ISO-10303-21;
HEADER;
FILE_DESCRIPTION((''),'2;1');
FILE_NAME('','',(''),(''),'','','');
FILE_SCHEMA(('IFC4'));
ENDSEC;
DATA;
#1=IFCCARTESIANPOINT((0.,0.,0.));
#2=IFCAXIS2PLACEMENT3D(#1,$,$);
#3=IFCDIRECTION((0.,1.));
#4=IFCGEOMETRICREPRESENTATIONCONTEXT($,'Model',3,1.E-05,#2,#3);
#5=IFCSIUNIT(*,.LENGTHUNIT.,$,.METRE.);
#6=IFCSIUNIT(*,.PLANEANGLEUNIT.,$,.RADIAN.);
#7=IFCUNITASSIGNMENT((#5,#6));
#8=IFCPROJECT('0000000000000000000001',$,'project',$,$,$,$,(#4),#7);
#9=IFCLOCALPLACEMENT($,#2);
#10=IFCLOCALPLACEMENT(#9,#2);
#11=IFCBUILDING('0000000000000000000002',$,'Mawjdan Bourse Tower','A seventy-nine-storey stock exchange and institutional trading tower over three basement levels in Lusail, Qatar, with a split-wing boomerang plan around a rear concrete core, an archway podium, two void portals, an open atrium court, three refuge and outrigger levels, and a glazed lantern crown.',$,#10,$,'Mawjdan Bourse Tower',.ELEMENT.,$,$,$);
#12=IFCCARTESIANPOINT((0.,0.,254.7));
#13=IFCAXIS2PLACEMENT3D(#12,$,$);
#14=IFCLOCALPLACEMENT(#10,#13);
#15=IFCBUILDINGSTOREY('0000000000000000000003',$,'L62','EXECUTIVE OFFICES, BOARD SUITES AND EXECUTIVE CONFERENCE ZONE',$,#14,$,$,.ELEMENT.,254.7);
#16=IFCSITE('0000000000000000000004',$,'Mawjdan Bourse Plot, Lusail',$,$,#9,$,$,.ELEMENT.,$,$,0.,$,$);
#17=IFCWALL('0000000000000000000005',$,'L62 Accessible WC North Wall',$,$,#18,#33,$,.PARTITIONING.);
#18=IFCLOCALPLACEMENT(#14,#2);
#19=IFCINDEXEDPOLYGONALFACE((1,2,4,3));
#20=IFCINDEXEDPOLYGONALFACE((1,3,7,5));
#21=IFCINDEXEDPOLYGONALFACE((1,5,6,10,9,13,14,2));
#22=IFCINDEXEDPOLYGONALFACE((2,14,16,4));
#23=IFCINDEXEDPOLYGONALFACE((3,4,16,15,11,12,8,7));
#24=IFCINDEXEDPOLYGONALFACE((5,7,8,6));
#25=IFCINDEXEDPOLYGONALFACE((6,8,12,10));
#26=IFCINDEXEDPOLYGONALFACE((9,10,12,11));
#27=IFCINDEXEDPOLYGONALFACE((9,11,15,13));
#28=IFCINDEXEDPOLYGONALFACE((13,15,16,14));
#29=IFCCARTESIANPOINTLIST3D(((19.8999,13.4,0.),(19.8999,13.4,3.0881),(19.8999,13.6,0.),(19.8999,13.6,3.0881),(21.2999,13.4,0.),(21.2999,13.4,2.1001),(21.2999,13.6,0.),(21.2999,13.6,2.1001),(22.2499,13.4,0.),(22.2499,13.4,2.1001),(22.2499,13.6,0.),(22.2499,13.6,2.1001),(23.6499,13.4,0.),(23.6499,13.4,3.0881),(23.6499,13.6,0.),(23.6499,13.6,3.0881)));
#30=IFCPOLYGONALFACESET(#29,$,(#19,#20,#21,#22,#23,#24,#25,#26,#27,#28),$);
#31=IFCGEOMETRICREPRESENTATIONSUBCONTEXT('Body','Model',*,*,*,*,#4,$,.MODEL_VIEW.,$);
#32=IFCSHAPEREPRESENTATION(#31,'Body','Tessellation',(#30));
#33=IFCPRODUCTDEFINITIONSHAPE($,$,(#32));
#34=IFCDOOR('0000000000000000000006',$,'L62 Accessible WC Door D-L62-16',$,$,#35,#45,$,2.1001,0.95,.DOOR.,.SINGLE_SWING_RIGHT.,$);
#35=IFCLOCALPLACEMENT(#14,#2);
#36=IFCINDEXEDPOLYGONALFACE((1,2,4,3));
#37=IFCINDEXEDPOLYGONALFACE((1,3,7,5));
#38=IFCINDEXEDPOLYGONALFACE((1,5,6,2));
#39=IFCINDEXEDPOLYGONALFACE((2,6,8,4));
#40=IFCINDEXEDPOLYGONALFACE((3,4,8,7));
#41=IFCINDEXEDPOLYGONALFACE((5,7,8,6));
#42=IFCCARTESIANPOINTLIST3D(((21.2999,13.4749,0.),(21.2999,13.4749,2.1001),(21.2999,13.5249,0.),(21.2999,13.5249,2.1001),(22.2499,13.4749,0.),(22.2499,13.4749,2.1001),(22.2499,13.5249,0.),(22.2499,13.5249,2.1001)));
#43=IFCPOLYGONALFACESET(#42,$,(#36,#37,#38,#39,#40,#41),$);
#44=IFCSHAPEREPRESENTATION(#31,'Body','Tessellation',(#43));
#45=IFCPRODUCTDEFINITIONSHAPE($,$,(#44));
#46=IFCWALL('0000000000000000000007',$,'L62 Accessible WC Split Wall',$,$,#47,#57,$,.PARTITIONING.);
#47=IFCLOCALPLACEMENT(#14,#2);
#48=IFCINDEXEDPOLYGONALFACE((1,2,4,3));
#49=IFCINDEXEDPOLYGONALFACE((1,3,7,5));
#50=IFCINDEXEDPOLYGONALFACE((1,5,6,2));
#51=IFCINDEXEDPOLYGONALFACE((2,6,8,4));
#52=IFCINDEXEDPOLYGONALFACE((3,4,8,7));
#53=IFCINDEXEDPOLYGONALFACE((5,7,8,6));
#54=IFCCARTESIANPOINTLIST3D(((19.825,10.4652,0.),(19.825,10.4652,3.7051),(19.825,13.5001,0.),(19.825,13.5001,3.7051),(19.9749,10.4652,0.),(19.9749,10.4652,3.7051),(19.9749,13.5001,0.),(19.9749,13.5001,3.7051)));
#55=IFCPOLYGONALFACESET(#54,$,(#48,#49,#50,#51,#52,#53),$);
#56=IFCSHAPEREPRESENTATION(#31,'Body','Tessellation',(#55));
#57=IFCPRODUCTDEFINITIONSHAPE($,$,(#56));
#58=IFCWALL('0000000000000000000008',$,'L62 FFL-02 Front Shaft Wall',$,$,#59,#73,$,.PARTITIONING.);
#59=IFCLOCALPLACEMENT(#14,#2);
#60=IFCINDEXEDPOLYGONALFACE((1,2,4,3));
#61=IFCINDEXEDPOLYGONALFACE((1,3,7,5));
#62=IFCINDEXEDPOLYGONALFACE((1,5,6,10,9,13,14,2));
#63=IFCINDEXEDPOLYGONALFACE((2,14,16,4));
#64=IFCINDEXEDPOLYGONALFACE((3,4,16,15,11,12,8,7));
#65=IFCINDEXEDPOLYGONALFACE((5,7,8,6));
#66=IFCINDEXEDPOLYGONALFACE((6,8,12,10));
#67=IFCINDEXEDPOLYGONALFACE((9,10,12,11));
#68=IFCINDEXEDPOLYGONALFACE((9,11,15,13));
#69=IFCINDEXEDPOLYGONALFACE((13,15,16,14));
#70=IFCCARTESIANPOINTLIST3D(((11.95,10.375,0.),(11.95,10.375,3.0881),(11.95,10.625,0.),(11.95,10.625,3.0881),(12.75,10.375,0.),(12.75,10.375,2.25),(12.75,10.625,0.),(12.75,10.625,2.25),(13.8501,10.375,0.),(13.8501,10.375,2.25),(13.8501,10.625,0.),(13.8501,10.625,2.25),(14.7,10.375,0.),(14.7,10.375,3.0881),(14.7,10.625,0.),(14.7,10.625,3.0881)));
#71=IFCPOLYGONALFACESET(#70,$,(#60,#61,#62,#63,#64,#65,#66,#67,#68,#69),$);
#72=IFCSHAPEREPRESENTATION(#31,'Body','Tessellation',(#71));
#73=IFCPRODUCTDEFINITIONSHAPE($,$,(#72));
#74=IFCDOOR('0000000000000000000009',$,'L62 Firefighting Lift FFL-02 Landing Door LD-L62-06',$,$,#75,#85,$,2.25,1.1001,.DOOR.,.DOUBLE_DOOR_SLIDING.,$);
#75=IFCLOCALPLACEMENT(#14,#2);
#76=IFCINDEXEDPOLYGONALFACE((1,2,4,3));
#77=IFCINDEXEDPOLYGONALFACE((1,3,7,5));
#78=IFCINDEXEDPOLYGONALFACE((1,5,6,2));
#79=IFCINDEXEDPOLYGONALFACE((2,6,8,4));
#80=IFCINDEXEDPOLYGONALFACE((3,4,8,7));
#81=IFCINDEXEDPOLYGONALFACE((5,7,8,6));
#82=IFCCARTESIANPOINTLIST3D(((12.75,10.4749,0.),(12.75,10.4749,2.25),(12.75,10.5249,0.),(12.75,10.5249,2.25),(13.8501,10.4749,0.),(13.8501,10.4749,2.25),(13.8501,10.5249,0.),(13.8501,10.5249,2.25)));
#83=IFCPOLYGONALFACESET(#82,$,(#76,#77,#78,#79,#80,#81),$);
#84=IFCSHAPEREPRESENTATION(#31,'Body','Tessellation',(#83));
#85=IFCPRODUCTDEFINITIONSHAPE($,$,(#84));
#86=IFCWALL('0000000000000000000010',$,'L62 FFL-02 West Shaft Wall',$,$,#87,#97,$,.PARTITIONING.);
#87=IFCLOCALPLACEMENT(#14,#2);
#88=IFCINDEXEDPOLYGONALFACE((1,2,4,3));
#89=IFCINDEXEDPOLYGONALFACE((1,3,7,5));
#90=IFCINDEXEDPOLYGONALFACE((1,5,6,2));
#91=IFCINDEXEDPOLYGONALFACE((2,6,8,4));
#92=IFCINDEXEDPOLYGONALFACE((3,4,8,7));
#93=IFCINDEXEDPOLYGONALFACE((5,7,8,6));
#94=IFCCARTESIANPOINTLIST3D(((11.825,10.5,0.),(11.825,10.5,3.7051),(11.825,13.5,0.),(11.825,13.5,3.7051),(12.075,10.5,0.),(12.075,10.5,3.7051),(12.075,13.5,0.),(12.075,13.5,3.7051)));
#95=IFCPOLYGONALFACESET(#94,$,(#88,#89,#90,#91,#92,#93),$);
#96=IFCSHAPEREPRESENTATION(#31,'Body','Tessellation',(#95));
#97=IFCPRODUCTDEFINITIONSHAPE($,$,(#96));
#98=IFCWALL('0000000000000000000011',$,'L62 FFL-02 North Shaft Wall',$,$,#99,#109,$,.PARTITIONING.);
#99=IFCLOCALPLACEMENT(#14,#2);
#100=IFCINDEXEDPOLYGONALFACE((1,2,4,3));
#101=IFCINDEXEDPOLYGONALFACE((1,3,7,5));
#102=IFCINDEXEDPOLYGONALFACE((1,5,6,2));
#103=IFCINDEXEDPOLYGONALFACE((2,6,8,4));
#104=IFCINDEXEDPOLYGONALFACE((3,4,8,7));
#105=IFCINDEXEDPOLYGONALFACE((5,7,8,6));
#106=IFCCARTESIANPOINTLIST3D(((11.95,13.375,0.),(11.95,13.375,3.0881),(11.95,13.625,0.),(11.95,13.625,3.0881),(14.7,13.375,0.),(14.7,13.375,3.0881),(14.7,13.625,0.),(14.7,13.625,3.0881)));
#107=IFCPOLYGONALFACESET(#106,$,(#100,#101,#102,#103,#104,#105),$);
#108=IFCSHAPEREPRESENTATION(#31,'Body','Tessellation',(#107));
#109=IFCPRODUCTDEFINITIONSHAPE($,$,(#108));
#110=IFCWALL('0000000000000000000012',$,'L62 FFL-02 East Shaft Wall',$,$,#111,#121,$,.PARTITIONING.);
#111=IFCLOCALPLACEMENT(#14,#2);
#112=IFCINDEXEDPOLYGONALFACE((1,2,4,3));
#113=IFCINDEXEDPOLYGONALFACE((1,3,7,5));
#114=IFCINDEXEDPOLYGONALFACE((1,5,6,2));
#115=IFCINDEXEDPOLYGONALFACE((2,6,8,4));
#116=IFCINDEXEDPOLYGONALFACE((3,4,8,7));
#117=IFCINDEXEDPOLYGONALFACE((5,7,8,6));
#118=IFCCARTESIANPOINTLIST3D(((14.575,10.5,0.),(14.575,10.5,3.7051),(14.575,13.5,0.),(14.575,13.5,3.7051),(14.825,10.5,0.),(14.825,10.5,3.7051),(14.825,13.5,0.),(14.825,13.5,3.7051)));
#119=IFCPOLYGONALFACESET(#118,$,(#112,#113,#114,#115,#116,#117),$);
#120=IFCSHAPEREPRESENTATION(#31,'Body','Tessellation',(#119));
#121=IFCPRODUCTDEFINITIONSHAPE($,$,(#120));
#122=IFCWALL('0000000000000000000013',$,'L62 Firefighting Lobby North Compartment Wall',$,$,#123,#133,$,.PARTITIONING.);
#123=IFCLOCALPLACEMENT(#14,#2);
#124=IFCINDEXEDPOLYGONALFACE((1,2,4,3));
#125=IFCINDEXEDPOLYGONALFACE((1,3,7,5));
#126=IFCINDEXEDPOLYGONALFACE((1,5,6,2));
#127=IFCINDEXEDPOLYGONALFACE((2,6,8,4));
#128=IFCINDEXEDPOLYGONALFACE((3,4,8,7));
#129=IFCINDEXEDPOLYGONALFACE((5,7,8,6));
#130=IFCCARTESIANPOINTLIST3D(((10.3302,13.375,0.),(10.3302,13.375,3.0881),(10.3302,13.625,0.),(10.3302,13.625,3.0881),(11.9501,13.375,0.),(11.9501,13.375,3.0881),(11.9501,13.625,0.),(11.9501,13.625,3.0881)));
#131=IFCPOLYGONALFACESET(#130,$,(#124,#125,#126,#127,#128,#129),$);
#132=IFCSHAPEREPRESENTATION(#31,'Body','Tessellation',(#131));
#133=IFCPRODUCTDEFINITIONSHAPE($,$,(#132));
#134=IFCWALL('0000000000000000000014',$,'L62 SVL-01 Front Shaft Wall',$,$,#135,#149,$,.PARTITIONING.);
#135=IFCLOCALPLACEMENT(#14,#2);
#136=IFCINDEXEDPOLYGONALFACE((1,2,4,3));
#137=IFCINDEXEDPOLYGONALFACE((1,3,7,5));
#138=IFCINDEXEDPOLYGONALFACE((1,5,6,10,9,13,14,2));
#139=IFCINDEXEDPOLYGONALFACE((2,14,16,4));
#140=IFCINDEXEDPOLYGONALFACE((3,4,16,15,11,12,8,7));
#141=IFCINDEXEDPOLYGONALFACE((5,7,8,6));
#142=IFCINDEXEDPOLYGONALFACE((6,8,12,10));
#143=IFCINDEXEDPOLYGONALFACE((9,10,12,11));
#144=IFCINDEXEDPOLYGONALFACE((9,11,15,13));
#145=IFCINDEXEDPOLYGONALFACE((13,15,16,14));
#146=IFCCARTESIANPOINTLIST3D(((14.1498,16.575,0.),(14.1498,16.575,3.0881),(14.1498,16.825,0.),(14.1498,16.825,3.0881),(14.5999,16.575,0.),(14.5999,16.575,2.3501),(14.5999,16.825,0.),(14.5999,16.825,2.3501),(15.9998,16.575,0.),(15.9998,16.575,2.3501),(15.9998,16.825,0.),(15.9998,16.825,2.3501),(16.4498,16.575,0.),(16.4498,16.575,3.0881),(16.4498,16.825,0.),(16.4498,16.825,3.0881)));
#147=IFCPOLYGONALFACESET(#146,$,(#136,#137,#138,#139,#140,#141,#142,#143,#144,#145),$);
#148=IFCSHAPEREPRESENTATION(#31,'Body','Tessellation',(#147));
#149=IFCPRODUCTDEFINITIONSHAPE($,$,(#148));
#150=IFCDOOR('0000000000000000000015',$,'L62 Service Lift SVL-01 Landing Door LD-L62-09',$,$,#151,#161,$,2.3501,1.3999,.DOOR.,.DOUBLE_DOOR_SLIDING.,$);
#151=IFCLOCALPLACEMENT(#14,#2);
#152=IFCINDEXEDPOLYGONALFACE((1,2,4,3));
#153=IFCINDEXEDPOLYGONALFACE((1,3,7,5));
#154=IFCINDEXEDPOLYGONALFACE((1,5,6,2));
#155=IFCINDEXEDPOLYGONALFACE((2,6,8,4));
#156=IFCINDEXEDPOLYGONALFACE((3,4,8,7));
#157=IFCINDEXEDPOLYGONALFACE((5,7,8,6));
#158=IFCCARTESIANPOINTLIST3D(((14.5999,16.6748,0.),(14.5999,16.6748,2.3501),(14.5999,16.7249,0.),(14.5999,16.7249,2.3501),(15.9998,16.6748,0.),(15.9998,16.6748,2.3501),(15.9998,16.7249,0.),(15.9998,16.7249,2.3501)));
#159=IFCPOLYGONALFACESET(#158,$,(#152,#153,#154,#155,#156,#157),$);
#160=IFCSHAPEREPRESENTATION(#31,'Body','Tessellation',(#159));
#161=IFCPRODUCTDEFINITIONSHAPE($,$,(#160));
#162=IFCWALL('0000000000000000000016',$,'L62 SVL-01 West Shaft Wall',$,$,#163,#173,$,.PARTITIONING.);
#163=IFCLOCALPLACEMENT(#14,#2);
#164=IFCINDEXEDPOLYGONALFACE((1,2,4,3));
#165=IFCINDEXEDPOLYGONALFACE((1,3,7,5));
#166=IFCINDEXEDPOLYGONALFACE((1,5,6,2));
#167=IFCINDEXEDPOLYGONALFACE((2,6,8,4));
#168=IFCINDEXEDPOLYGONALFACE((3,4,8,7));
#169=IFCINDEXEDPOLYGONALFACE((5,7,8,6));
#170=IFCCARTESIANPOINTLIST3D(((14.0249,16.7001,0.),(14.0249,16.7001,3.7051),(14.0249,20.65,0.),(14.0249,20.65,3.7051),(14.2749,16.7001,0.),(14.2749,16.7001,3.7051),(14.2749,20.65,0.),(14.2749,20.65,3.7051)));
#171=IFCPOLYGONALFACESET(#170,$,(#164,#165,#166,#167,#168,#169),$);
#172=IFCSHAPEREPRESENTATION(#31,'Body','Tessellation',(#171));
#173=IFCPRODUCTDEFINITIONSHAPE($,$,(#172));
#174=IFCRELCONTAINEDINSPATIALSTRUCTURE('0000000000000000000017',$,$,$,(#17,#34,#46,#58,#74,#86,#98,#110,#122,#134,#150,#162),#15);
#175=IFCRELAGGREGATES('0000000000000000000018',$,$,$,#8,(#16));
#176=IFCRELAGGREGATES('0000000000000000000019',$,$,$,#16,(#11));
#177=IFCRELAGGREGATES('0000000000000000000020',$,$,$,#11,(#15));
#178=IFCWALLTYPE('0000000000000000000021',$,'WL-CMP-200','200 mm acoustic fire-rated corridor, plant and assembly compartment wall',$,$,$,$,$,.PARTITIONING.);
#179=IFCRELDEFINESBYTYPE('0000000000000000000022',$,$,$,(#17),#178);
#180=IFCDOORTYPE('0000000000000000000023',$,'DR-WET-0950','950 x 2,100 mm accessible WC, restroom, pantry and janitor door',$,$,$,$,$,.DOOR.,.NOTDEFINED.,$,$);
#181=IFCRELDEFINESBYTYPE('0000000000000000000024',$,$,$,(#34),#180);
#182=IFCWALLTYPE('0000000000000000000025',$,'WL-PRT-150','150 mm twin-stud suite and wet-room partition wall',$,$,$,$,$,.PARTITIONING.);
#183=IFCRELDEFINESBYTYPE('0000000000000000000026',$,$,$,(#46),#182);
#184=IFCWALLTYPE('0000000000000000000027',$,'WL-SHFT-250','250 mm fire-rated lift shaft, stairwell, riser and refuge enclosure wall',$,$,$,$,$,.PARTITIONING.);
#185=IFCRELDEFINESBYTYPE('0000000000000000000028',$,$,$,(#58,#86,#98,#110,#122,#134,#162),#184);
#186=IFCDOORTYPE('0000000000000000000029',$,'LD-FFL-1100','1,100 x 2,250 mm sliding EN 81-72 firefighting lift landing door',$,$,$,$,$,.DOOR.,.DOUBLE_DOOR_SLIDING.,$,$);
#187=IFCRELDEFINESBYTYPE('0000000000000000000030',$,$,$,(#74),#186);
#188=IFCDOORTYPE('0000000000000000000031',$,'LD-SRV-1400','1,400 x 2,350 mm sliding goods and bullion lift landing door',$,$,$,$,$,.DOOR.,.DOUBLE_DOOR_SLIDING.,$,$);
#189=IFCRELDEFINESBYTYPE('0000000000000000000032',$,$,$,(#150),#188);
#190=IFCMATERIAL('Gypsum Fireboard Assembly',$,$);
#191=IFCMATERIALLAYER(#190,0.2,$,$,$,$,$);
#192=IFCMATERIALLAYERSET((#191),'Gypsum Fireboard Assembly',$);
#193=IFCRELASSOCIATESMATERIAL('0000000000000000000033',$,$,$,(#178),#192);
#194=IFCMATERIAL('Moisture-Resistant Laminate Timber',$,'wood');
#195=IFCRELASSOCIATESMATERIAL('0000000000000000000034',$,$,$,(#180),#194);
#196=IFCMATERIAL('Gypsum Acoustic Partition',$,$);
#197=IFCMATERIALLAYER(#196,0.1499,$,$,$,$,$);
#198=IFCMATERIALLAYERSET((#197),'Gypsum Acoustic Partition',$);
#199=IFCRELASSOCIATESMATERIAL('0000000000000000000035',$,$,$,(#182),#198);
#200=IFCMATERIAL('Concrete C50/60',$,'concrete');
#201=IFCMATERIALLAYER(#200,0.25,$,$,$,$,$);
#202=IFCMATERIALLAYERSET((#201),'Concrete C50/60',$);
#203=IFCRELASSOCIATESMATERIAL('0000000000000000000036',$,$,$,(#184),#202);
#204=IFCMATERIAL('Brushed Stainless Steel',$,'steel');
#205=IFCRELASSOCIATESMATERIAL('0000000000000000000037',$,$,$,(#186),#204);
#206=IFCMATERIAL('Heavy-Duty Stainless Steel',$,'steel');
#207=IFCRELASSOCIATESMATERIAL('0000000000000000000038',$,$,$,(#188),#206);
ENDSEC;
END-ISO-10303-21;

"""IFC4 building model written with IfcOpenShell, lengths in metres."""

from ifc_helpers import new_model, si_unit, direction, frame, frame_2d, origin, place, context, subcontext, project, spatial, rectangle, extrude, material, layer, layer_set, type_object, element, fill, save


model = new_model("IFC4")

# Units and contexts
model_context = context("Model", 3, precision=1e-05, world=origin(), true_north=direction((0.0, 1.0)))
body_context = subcontext(model_context, "Body", "Model", "MODEL_VIEW")
ifc_project = project(units=[si_unit("LENGTHUNIT", "METRE"), si_unit("PLANEANGLEUNIT", "RADIAN")], contexts=[model_context])

# Site, building, storey
site_placement = place(None, origin())
site = spatial("IfcSite", under=ifc_project, at=site_placement, Name="Mawjdan Bourse Plot, Lusail", CompositionType="ELEMENT", RefElevation=0.0)
building_placement = place(site_placement, origin())
building = spatial("IfcBuilding", under=site, at=building_placement, Name="Mawjdan Bourse Tower", Description="A seventy-nine-storey stock exchange and institutional trading tower over three basement levels in Lusail, Qatar, with a split-wing boomerang plan around a rear concrete core, an archway podium, two void portals, an open atrium court, three refuge and outrigger levels, and a glazed lantern crown.", LongName="Mawjdan Bourse Tower", CompositionType="ELEMENT")
storey_placement = place(building_placement, frame((0.0, 0.0, 254.7)))
storey = spatial("IfcBuildingStorey", under=building, at=storey_placement, Name="L62", Description="EXECUTIVE OFFICES, BOARD SUITES AND EXECUTIVE CONFERENCE ZONE", CompositionType="ELEMENT", Elevation=254.7)

# Wall, opening, door
ifc_material_1 = material(Name="Gypsum Fireboard Assembly")
ifc_layer_1 = layer(ifc_material_1, 0.2)
ifc_layer_set_1 = layer_set([ifc_layer_1], Name="Gypsum Fireboard Assembly")
wall_type_1 = type_object("IfcWallType", Name="WL-CMP-200", Description="200 mm acoustic fire-rated corridor, plant and assembly compartment wall", PredefinedType="PARTITIONING", material=ifc_layer_set_1)
ifc_material_2 = material(Name="Moisture-Resistant Laminate Timber", Category="wood")
door_type_1 = type_object("IfcDoorType", Name="DR-WET-0950", Description="950 x 2,100 mm accessible WC, restroom, pantry and janitor door", OperationType="NOTDEFINED", PredefinedType="DOOR", material=ifc_material_2)
wall_1_placement = place(storey_placement, frame((19.8999, 13.5, 0.0), z_axis=(0.0, 0.0, 1.0), x_axis=(1.0, 0.0, 0.0)))
wall_1 = element("IfcWall", 1, at=wall_1_placement, inside=storey, type_object=wall_type_1, Name="L62 Accessible WC North Wall", PredefinedType="PARTITIONING", context=body_context, shape_type="SweptSolid", body=[
    extrude(rectangle(XDim=3.75, YDim=0.2, at=frame_2d((1.875, 0.0))), origin(), (0.0, 0.0, 1.0), 3.0881),
])
opening_1_placement = place(wall_1_placement, frame((1.3999, 0.0, 0.0)))
opening_1 = element("IfcOpeningElement", 2, at=opening_1_placement, cuts=wall_1, PredefinedType="OPENING", context=body_context, shape_type="SweptSolid", body=[
    extrude(rectangle(XDim=0.95, YDim=2.1001, at=frame_2d((0.4751, 1.05))), frame((0.0, 0.1099, 0.0), z_axis=(0.0, -1.0, 0.0), x_axis=(1.0, 0.0, 0.0)), (0.0, 0.0, 1.0), 0.22),
])
door_1_placement = place(opening_1_placement, origin())
door_1 = element("IfcDoor", 3, at=door_1_placement, inside=storey, type_object=door_type_1, Name="L62 Accessible WC Door D-L62-16", OperationType="SINGLE_SWING_RIGHT", OverallHeight=2.1001, OverallWidth=0.95, PredefinedType="DOOR", context=body_context, shape_type="SweptSolid", body=[
    extrude(rectangle(XDim=0.95, YDim=2.1001, at=frame_2d((0.4751, 1.05))), frame((0.0, 0.0249, 0.0), z_axis=(0.0, -1.0, 0.0), x_axis=(1.0, 0.0, 0.0)), (0.0, 0.0, 1.0), 0.05),
])
fill(opening_1, door_1)

# Wall
ifc_material_3 = material(Name="Gypsum Acoustic Partition")
ifc_layer_2 = layer(ifc_material_3, 0.1499)
ifc_layer_set_2 = layer_set([ifc_layer_2], Name="Gypsum Acoustic Partition")
wall_type_2 = type_object("IfcWallType", Name="WL-PRT-150", Description="150 mm twin-stud suite and wet-room partition wall", PredefinedType="PARTITIONING", material=ifc_layer_set_2)
wall_2_placement = place(storey_placement, frame((19.8999, 10.4651, 0.0), z_axis=(0.0, 0.0, 1.0), x_axis=(0.0, 1.0, 0.0)))
element("IfcWall", 4, at=wall_2_placement, inside=storey, type_object=wall_type_2, Name="L62 Accessible WC Split Wall", PredefinedType="PARTITIONING", context=body_context, shape_type="SweptSolid", body=[
    extrude(rectangle(XDim=3.0349, YDim=0.1499, at=frame_2d((1.5176, 0.0))), origin(), (0.0, 0.0, 1.0), 3.7051),
])

# Wall, opening, door
ifc_material_4 = material(Name="Concrete C50/60", Category="concrete")
ifc_layer_3 = layer(ifc_material_4, 0.25)
ifc_layer_set_3 = layer_set([ifc_layer_3], Name="Concrete C50/60")
wall_type_3 = type_object("IfcWallType", Name="WL-SHFT-250", Description="250 mm fire-rated lift shaft, stairwell, riser and refuge enclosure wall", PredefinedType="PARTITIONING", material=ifc_layer_set_3)
wall_3_placement = place(storey_placement, frame((11.95, 10.5, 0.0), z_axis=(0.0, 0.0, 1.0), x_axis=(1.0, 0.0, 0.0)))
wall_3 = element("IfcWall", 5, at=wall_3_placement, inside=storey, type_object=wall_type_3, Name="L62 FFL-02 Front Shaft Wall", PredefinedType="PARTITIONING", context=body_context, shape_type="SweptSolid", body=[
    extrude(rectangle(XDim=2.75, YDim=0.25, at=frame_2d((1.375, 0.0))), origin(), (0.0, 0.0, 1.0), 3.0881),
])
opening_2_placement = place(wall_3_placement, frame((0.8, 0.0, 0.0)))
opening_2 = element("IfcOpeningElement", 6, at=opening_2_placement, cuts=wall_3, PredefinedType="OPENING", context=body_context, shape_type="SweptSolid", body=[
    extrude(rectangle(XDim=1.1001, YDim=2.25, at=frame_2d((0.55, 1.125))), frame((0.0, 0.135, 0.0), z_axis=(0.0, -1.0, 0.0), x_axis=(1.0, 0.0, 0.0)), (0.0, 0.0, 1.0), 0.27),
])
ifc_material_5 = material(Name="Brushed Stainless Steel", Category="steel")
door_type_2 = type_object("IfcDoorType", Name="LD-FFL-1100", Description="1,100 x 2,250 mm sliding EN 81-72 firefighting lift landing door", OperationType="DOUBLE_DOOR_SLIDING", PredefinedType="DOOR", material=ifc_material_5)
door_2_placement = place(opening_2_placement, origin())
door_2 = element("IfcDoor", 7, at=door_2_placement, inside=storey, type_object=door_type_2, Name="L62 Firefighting Lift FFL-02 Landing Door LD-L62-06", OperationType="DOUBLE_DOOR_SLIDING", OverallHeight=2.25, OverallWidth=1.1001, PredefinedType="DOOR", context=body_context, shape_type="SweptSolid", body=[
    extrude(rectangle(XDim=1.1001, YDim=2.25, at=frame_2d((0.55, 1.125))), frame((0.0, 0.0249, 0.0), z_axis=(0.0, -1.0, 0.0), x_axis=(1.0, 0.0, 0.0)), (0.0, 0.0, 1.0), 0.05),
])
fill(opening_2, door_2)

# Walls
wall_4_placement = place(storey_placement, frame((11.95, 10.5, 0.0), z_axis=(0.0, 0.0, 1.0), x_axis=(0.0, 1.0, 0.0)))
element("IfcWall", 8, at=wall_4_placement, inside=storey, type_object=wall_type_3, Name="L62 FFL-02 West Shaft Wall", PredefinedType="PARTITIONING", context=body_context, shape_type="SweptSolid", body=[
    extrude(rectangle(XDim=3.0, YDim=0.25, at=frame_2d((1.5, 0.0))), origin(), (0.0, 0.0, 1.0), 3.7051),
])
wall_5_placement = place(storey_placement, frame((11.95, 13.5, 0.0), z_axis=(0.0, 0.0, 1.0), x_axis=(1.0, 0.0, 0.0)))
element("IfcWall", 9, at=wall_5_placement, inside=storey, type_object=wall_type_3, Name="L62 FFL-02 North Shaft Wall", PredefinedType="PARTITIONING", context=body_context, shape_type="SweptSolid", body=[
    extrude(rectangle(XDim=2.75, YDim=0.25, at=frame_2d((1.375, 0.0))), origin(), (0.0, 0.0, 1.0), 3.0881),
])
wall_6_placement = place(storey_placement, frame((14.7, 10.5, 0.0), z_axis=(0.0, 0.0, 1.0), x_axis=(0.0, 1.0, 0.0)))
element("IfcWall", 10, at=wall_6_placement, inside=storey, type_object=wall_type_3, Name="L62 FFL-02 East Shaft Wall", PredefinedType="PARTITIONING", context=body_context, shape_type="SweptSolid", body=[
    extrude(rectangle(XDim=3.0, YDim=0.25, at=frame_2d((1.5, 0.0))), origin(), (0.0, 0.0, 1.0), 3.7051),
])
wall_7_placement = place(storey_placement, frame((10.3301, 13.5, 0.0), z_axis=(0.0, 0.0, 1.0), x_axis=(1.0, 0.0, 0.0)))
element("IfcWall", 11, at=wall_7_placement, inside=storey, type_object=wall_type_3, Name="L62 Firefighting Lobby North Compartment Wall", PredefinedType="PARTITIONING", context=body_context, shape_type="SweptSolid", body=[
    extrude(rectangle(XDim=1.6199, YDim=0.25, at=frame_2d((0.8101, 0.0))), origin(), (0.0, 0.0, 1.0), 3.0881),
])

# Wall, opening, door
wall_8_placement = place(storey_placement, frame((14.1499, 16.7, 0.0), z_axis=(0.0, 0.0, 1.0), x_axis=(1.0, 0.0, 0.0)))
wall_8 = element("IfcWall", 12, at=wall_8_placement, inside=storey, type_object=wall_type_3, Name="L62 SVL-01 Front Shaft Wall", PredefinedType="PARTITIONING", context=body_context, shape_type="SweptSolid", body=[
    extrude(rectangle(XDim=2.3, YDim=0.25, at=frame_2d((1.1499, 0.0))), origin(), (0.0, 0.0, 1.0), 3.0881),
])
opening_3_placement = place(wall_8_placement, frame((0.45, 0.0, 0.0)))
opening_3 = element("IfcOpeningElement", 13, at=opening_3_placement, cuts=wall_8, PredefinedType="OPENING", context=body_context, shape_type="SweptSolid", body=[
    extrude(rectangle(XDim=1.3999, YDim=2.3501, at=frame_2d((0.7, 1.175))), frame((0.0, 0.135, 0.0), z_axis=(0.0, -1.0, 0.0), x_axis=(1.0, 0.0, 0.0)), (0.0, 0.0, 1.0), 0.27),
])
ifc_material_6 = material(Name="Heavy-Duty Stainless Steel", Category="steel")
door_type_3 = type_object("IfcDoorType", Name="LD-SRV-1400", Description="1,400 x 2,350 mm sliding goods and bullion lift landing door", OperationType="DOUBLE_DOOR_SLIDING", PredefinedType="DOOR", material=ifc_material_6)
door_3_placement = place(opening_3_placement, origin())
door_3 = element("IfcDoor", 14, at=door_3_placement, inside=storey, type_object=door_type_3, Name="L62 Service Lift SVL-01 Landing Door LD-L62-09", OperationType="DOUBLE_DOOR_SLIDING", OverallHeight=2.3501, OverallWidth=1.3999, PredefinedType="DOOR", context=body_context, shape_type="SweptSolid", body=[
    extrude(rectangle(XDim=1.3999, YDim=2.3501, at=frame_2d((0.7, 1.175))), frame((0.0, 0.0249, 0.0), z_axis=(0.0, -1.0, 0.0), x_axis=(1.0, 0.0, 0.0)), (0.0, 0.0, 1.0), 0.05),
])
fill(opening_3, door_3)

# Wall
for number, where, z_axis, x_axis, name in (
    (15, (14.1499, 16.7, 0.0), (0.0, 0.0, 1.0), (0.0, 1.0, 0.0), "L62 SVL-01 West Shaft Wall"),
):
    element("IfcWall", number, at=place(storey_placement, frame(where, z_axis=z_axis, x_axis=x_axis)), inside=storey, type_object=wall_type_3, Name=name, PredefinedType="PARTITIONING", context=body_context, shape_type="SweptSolid", body=[
        extrude(rectangle(XDim=3.95, YDim=0.25, at=frame_2d((1.9751, 0.0))), origin(), (0.0, 0.0, 1.0), 3.7051),
    ])

save(model, "model.ifc")
